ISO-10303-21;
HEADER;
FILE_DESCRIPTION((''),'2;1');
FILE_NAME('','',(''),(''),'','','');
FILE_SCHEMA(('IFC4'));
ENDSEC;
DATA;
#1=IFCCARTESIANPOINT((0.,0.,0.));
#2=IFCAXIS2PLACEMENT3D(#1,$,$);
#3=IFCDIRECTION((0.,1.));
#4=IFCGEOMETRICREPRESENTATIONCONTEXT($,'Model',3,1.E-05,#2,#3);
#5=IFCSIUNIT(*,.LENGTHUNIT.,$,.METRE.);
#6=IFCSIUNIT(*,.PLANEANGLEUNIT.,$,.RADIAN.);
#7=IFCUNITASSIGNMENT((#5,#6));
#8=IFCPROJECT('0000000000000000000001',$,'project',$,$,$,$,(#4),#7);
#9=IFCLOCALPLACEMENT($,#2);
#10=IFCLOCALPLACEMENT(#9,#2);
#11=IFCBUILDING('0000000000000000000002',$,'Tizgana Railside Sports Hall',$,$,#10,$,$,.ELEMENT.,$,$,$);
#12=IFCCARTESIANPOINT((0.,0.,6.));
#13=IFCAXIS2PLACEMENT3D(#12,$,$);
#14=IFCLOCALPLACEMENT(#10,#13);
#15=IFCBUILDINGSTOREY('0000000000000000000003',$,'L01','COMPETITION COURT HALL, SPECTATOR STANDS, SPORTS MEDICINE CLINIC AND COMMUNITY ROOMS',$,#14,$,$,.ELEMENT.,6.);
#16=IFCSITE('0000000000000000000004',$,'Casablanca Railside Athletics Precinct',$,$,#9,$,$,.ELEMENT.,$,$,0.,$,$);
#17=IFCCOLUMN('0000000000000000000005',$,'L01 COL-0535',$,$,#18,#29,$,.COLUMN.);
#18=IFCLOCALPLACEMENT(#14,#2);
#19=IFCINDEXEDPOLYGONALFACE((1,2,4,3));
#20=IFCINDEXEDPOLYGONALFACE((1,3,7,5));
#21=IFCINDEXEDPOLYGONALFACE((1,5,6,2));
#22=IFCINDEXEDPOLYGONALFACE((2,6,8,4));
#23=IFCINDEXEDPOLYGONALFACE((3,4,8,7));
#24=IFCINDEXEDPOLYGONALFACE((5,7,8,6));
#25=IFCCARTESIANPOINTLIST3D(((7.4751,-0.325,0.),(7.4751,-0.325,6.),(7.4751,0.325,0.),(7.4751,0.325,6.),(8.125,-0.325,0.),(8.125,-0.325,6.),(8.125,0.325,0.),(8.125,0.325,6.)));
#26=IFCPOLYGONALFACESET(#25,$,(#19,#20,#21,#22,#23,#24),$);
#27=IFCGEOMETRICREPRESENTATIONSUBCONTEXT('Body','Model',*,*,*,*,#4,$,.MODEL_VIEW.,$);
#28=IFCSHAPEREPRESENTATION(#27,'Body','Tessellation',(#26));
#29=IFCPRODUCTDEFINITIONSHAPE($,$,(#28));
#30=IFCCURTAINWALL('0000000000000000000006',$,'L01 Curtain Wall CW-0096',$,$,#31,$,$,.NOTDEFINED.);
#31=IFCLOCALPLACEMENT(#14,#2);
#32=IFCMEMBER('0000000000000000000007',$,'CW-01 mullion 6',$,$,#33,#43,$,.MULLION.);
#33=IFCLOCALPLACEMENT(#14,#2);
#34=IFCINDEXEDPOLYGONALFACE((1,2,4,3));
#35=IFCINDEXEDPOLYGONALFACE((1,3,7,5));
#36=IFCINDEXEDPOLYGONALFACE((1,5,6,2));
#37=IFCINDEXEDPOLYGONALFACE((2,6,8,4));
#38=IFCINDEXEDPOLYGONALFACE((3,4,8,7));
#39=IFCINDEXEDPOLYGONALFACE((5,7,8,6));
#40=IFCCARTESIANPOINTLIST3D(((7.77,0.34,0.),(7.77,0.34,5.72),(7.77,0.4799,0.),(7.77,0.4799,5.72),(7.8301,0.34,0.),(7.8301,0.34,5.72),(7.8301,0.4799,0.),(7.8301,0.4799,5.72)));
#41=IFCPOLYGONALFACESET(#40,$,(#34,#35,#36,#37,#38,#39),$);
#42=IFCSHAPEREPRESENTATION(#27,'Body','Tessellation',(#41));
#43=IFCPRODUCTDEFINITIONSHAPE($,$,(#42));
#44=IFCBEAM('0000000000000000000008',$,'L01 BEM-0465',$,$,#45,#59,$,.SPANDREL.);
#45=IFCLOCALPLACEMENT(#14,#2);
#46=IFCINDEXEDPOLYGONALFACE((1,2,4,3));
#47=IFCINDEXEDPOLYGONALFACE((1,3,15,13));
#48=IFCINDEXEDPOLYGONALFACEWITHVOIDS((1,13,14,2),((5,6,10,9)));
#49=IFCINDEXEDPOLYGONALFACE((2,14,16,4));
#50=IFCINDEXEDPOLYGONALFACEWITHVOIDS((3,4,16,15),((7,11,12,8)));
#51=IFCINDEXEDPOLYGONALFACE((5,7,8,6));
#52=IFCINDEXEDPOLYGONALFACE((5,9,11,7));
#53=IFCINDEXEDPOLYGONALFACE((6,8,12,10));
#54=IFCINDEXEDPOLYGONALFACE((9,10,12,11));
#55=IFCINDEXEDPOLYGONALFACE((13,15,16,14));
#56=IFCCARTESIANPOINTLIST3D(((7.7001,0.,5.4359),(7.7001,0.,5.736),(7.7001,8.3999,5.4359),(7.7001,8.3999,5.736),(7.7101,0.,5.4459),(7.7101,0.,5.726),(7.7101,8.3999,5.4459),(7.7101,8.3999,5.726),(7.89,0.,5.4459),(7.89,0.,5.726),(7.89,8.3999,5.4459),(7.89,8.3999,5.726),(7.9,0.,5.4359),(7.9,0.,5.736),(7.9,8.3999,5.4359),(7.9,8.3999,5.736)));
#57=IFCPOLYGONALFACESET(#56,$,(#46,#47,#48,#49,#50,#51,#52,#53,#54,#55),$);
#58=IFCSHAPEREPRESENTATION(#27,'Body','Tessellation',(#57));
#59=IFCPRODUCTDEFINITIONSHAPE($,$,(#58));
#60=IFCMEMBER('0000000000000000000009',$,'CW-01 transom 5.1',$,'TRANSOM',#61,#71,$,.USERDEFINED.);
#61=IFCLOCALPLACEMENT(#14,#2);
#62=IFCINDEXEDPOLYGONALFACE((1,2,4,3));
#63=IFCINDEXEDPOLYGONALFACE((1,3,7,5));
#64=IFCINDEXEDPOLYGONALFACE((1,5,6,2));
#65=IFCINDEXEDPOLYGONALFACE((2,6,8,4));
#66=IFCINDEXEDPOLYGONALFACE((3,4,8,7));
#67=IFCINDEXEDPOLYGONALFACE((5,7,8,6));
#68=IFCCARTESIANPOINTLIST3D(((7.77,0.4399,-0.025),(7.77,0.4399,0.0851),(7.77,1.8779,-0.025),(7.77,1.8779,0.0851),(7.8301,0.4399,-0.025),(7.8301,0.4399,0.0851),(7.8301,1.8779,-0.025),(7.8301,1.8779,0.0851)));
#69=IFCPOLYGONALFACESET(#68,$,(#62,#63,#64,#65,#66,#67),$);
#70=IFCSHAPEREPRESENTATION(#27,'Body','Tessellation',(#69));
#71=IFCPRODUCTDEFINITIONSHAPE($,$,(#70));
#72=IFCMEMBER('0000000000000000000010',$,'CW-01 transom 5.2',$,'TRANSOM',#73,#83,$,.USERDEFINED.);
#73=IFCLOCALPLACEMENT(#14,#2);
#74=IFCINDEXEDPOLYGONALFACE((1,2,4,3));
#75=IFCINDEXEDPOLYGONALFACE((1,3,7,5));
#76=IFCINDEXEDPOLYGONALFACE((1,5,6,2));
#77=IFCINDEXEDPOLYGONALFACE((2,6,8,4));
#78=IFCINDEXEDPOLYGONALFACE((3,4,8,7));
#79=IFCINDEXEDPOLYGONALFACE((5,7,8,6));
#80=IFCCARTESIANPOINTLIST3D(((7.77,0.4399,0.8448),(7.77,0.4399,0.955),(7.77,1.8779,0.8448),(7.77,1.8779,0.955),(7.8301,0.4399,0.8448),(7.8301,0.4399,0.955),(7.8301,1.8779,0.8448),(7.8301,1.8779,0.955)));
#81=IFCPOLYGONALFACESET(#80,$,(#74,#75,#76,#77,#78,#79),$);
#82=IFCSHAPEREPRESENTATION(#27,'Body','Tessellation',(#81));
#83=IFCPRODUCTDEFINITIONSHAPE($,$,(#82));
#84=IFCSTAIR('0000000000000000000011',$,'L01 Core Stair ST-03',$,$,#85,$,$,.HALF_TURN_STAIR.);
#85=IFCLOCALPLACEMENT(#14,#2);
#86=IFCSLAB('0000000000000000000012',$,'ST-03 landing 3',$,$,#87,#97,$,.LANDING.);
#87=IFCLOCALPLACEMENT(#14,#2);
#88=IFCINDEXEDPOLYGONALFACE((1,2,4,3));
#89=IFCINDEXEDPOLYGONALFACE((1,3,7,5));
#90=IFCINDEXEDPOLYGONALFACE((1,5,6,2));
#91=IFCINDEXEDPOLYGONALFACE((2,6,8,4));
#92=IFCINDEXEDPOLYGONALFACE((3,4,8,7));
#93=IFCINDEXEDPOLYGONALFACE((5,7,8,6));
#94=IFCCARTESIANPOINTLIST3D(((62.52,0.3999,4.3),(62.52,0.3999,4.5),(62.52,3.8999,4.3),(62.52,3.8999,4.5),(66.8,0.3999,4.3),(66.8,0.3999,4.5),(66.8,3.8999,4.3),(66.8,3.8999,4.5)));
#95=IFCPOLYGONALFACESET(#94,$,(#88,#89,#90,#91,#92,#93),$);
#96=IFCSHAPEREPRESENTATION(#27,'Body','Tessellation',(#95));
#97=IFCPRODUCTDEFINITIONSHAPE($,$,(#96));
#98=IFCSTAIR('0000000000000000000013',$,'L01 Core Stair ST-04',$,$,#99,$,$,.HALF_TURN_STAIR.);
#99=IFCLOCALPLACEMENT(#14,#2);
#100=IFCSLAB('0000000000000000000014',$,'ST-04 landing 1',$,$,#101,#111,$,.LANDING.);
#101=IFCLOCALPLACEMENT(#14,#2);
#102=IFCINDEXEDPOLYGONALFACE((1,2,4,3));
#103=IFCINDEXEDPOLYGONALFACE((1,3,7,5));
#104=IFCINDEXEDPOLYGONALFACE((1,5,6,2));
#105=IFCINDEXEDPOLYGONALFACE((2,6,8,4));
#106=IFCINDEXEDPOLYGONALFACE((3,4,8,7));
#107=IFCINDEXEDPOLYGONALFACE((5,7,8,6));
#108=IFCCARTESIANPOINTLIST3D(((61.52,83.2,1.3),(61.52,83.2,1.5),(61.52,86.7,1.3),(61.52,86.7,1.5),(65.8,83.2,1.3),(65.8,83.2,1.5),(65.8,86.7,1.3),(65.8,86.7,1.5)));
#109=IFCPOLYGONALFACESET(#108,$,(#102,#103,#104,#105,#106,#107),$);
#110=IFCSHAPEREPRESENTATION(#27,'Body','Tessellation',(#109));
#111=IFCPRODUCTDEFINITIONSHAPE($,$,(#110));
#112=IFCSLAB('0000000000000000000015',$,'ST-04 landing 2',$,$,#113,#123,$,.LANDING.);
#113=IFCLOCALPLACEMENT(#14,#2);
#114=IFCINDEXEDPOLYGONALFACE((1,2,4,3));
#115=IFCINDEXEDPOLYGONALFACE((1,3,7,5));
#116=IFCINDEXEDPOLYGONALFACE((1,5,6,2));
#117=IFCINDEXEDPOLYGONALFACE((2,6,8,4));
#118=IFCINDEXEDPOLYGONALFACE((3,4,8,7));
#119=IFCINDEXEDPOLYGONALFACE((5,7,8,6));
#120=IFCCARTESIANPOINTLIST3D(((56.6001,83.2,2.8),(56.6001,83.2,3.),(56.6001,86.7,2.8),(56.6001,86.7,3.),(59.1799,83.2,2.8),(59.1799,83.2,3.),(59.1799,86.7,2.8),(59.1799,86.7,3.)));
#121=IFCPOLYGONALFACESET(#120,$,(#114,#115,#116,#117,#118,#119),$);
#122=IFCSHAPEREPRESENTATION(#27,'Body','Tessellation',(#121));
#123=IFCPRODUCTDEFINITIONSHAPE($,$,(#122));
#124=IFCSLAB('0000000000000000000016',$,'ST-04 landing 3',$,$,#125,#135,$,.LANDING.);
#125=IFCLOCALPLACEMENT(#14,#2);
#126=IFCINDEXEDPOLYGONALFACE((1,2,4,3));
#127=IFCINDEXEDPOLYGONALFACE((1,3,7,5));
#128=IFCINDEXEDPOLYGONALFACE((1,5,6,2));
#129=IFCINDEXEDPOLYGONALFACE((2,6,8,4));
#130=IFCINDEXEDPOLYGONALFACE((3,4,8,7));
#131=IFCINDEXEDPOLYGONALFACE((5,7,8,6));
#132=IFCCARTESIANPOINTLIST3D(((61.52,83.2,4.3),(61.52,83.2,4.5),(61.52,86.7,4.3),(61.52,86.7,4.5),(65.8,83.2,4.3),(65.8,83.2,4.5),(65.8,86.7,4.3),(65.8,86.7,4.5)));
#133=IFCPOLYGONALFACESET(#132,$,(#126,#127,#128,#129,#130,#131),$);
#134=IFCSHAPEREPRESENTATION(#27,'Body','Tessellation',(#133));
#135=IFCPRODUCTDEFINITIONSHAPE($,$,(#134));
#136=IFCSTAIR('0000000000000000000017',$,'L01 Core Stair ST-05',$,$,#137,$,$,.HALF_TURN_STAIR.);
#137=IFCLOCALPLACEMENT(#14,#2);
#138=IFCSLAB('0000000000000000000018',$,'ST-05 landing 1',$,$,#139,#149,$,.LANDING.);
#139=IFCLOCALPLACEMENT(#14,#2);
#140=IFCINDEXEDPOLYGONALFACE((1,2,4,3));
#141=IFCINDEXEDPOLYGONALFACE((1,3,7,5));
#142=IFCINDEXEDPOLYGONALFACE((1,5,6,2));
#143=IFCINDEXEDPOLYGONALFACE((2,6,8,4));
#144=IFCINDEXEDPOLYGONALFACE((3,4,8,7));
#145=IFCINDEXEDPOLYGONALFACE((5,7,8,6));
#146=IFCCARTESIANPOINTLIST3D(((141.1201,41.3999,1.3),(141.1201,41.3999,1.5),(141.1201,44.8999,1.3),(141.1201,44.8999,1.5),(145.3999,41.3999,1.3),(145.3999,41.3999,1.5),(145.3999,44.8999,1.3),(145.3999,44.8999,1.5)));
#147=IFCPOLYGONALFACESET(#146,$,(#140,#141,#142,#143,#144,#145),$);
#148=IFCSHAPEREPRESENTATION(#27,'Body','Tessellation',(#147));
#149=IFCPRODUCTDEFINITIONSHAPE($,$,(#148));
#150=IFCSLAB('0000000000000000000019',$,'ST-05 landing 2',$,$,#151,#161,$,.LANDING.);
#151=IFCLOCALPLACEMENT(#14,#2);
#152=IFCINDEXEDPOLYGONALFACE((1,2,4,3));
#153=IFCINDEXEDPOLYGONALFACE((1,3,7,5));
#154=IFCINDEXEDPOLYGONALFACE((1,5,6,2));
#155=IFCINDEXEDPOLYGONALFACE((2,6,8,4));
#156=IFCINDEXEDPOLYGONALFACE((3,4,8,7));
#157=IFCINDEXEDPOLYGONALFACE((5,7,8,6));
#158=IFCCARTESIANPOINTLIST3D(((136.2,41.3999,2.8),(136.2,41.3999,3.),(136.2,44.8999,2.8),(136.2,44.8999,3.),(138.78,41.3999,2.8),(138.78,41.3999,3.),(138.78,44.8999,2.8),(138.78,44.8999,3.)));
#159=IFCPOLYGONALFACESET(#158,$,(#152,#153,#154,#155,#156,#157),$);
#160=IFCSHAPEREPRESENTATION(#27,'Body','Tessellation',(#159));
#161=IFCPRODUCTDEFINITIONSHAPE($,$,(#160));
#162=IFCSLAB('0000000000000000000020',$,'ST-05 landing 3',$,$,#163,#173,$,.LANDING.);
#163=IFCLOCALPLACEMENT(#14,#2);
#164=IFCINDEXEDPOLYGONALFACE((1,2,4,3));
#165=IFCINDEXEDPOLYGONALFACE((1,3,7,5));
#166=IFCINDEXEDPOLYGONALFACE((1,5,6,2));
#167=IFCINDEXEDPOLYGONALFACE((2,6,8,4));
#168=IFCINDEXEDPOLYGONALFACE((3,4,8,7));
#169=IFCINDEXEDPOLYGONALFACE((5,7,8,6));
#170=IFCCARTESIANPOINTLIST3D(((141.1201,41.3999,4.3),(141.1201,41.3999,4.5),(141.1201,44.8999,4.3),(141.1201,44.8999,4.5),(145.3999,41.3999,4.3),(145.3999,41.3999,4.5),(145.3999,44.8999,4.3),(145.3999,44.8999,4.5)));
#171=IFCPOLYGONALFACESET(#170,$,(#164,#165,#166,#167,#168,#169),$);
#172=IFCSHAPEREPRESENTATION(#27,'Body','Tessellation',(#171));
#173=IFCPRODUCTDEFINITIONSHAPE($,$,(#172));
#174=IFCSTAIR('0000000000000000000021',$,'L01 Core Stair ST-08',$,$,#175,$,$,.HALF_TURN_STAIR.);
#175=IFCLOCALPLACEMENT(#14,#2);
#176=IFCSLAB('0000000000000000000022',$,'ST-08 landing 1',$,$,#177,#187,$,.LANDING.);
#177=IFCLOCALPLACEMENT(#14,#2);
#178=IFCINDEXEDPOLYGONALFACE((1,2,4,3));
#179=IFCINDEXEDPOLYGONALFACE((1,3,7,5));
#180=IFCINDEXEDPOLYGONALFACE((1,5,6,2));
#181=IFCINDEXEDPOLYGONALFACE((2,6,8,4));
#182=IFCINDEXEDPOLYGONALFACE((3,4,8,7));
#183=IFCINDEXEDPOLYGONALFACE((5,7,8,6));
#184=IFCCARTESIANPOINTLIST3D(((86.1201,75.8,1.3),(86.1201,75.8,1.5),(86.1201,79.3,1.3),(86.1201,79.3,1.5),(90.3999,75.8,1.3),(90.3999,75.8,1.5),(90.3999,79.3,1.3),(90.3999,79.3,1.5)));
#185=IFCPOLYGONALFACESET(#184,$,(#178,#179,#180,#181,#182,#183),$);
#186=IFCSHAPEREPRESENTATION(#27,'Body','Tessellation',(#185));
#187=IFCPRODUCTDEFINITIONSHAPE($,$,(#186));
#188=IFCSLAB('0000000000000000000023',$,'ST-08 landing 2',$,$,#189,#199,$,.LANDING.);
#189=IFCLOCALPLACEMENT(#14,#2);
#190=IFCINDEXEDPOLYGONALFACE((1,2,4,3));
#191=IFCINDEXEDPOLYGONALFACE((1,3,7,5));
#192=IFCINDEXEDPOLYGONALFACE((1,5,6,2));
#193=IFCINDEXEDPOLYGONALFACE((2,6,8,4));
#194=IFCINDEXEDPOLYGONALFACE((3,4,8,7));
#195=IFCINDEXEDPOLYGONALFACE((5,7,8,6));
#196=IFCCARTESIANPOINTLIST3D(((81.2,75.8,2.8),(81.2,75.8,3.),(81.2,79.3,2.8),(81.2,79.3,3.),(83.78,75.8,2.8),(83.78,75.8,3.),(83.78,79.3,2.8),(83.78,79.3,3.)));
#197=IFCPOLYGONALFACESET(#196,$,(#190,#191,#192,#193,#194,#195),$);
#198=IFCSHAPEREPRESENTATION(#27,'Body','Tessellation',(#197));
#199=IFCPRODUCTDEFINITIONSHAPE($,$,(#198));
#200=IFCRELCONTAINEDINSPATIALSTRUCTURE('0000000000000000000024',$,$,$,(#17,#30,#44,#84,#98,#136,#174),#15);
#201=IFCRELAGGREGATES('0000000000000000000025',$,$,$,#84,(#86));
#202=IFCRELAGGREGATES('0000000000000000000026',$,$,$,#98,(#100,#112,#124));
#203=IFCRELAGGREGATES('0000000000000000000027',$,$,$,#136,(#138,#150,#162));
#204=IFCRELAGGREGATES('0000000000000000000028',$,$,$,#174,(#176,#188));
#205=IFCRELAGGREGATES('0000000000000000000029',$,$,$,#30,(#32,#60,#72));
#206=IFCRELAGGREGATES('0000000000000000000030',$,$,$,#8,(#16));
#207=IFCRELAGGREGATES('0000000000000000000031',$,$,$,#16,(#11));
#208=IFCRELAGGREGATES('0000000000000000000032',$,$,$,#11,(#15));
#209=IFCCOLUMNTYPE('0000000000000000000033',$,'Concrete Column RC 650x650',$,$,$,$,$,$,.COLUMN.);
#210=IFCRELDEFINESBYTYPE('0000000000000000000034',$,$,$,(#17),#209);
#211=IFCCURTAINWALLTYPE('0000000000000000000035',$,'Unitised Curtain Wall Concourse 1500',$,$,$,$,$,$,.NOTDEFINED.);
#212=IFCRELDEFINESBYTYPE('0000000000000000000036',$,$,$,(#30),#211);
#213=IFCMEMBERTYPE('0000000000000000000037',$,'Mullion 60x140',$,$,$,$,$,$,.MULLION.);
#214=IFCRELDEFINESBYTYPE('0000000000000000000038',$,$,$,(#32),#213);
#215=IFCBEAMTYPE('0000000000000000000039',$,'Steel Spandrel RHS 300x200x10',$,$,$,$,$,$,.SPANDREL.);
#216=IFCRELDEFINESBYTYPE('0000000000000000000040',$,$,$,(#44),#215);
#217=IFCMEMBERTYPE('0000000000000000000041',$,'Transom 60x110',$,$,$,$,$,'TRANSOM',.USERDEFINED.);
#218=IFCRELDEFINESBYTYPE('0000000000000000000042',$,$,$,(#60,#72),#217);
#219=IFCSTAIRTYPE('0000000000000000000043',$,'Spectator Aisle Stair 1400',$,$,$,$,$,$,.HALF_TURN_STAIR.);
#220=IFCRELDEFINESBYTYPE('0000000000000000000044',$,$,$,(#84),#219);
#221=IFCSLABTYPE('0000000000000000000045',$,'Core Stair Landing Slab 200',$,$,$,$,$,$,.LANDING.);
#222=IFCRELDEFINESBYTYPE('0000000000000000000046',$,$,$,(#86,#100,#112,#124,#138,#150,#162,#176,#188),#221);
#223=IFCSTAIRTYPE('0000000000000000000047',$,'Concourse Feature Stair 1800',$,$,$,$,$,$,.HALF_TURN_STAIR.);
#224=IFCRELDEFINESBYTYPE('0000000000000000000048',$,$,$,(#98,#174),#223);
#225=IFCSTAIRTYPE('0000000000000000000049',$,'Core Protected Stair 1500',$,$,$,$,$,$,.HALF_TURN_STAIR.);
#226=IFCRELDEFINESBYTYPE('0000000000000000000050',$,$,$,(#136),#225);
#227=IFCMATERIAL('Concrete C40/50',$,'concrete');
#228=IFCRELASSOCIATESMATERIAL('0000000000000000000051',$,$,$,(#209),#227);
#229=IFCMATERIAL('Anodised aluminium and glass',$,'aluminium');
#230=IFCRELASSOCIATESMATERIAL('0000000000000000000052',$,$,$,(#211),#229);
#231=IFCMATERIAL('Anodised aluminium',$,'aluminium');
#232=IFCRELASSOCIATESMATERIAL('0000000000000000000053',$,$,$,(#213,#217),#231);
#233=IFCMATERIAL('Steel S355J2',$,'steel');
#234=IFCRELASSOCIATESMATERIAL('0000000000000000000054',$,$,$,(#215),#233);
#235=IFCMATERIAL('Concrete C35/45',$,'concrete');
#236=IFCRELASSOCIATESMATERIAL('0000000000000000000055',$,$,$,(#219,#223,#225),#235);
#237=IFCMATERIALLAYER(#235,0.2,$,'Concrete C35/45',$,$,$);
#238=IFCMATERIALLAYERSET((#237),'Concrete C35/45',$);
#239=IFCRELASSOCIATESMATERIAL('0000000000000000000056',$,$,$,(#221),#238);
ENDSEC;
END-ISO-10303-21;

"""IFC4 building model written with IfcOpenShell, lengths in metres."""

from ifc_helpers import new_model, si_unit, direction, frame, origin, origin_2d, place, context, subcontext, project, spatial, polyline, rectangle, hollow_rectangle, outline, extrude, material, layer, layer_set, material_profile, profile_set, type_object, element, aggregate, save


model = new_model("IFC4")

# Units and contexts
model_context = context("Model", 3, precision=1e-05, world=origin(), true_north=direction((0.0, 1.0)))
body_context = subcontext(model_context, "Body", "Model", "MODEL_VIEW")
ifc_project = project(units=[si_unit("LENGTHUNIT", "METRE"), si_unit("PLANEANGLEUNIT", "RADIAN")], contexts=[model_context])

# Site, building, storey
site_placement = place(None, origin())
site = spatial("IfcSite", under=ifc_project, at=site_placement, Name="Casablanca Railside Athletics Precinct", CompositionType="ELEMENT", RefElevation=0.0)
building_placement = place(site_placement, origin())
building = spatial("IfcBuilding", under=site, at=building_placement, Name="Tizgana Railside Sports Hall", CompositionType="ELEMENT")
storey_placement = place(building_placement, frame((0.0, 0.0, 6.0)))
storey = spatial("IfcBuildingStorey", under=building, at=storey_placement, Name="L01", Description="COMPETITION COURT HALL, SPECTATOR STANDS, SPORTS MEDICINE CLINIC AND COMMUNITY ROOMS", CompositionType="ELEMENT", Elevation=6.0)

# Column
ifc_material_1 = material(Name="Concrete C40/50", Category="concrete")
ifc_material_profile_1 = material_profile(ifc_material_1, rectangle(XDim=0.6499, YDim=0.6499, at=origin_2d()), Name="RC 650x650")
ifc_profile_set_1 = profile_set([ifc_material_profile_1], Name="Concrete C40/50")
column_type = type_object("IfcColumnType", Name="Concrete Column RC 650x650", PredefinedType="COLUMN", material=ifc_profile_set_1)
column_placement = place(storey_placement, frame((7.8, 0.0, 0.0), z_axis=(0.0, 0.0, 1.0), x_axis=(1.0, 0.0, 0.0)))
element("IfcColumn", 1, at=column_placement, inside=storey, type_object=column_type, Name="L01 COL-0535", PredefinedType="COLUMN", context=body_context, shape_type="SweptSolid", body=[
    extrude(rectangle(XDim=0.6499, YDim=0.6499, at=origin_2d()), origin(), (0.0, 0.0, 1.0), 6.0),
])

# Curtain wall, member
ifc_material_2 = material(Name="Anodised aluminium and glass", Category="aluminium")
curtain_wall_type = type_object("IfcCurtainWallType", Name="Unitised Curtain Wall Concourse 1500", PredefinedType="NOTDEFINED", material=ifc_material_2)
curtain_wall_placement = place(storey_placement, origin())
curtain_wall = element("IfcCurtainWall", 2, at=curtain_wall_placement, inside=storey, type_object=curtain_wall_type, Name="L01 Curtain Wall CW-0096", PredefinedType="NOTDEFINED")
ifc_material_3 = material(Name="Anodised aluminium", Category="aluminium")
ifc_material_profile_2 = material_profile(ifc_material_3, rectangle(XDim=0.0601, YDim=0.1399, at=origin_2d()), Name="Mullion 60x140")
ifc_profile_set_2 = profile_set([ifc_material_profile_2], Name="Anodised aluminium")
member_type_1 = type_object("IfcMemberType", Name="Mullion 60x140", PredefinedType="MULLION", material=ifc_profile_set_2)
member_1_placement = place(storey_placement, frame((7.8, 0.4099, 0.0), z_axis=(0.0, 0.0, 1.0), x_axis=(1.0, 0.0, 0.0)))
member_1 = element("IfcMember", 3, at=member_1_placement, type_object=member_type_1, Name="CW-01 mullion 6", PredefinedType="MULLION", context=body_context, shape_type="SweptSolid", body=[
    extrude(rectangle(XDim=0.0601, YDim=0.1399, at=origin_2d()), origin(), (0.0, 0.0, 1.0), 5.72),
])

# Beam
ifc_material_4 = material(Name="Steel S355J2", Category="steel")
ifc_material_profile_3 = material_profile(ifc_material_4, hollow_rectangle(XDim=0.2, YDim=0.3, WallThickness=0.01, at=origin_2d()), Name="RHS 300x200x10")
ifc_profile_set_3 = profile_set([ifc_material_profile_3], Name="Steel S355J2")
beam_type = type_object("IfcBeamType", Name="Steel Spandrel RHS 300x200x10", PredefinedType="SPANDREL", material=ifc_profile_set_3)
beam_placement = place(storey_placement, frame((7.8, 0.0, 5.5859), z_axis=(0.0, 1.0, 0.0), x_axis=(-1.0, 0.0, 0.0)))
element("IfcBeam", 4, at=beam_placement, inside=storey, type_object=beam_type, Name="L01 BEM-0465", PredefinedType="SPANDREL", context=body_context, shape_type="SweptSolid", body=[
    extrude(hollow_rectangle(XDim=0.2, YDim=0.3, WallThickness=0.01, at=origin_2d()), origin(), (0.0, 0.0, 1.0), 8.3999),
])

# Members
ifc_material_profile_4 = material_profile(ifc_material_3, rectangle(XDim=0.0601, YDim=0.1101, at=origin_2d()), Name="Transom 60x110")
ifc_profile_set_4 = profile_set([ifc_material_profile_4], Name="Anodised aluminium")
member_type_2 = type_object("IfcMemberType", Name="Transom 60x110", ElementType="TRANSOM", PredefinedType="USERDEFINED", material=ifc_profile_set_4)
member_2_placement = place(storey_placement, frame((7.8, 1.8779, 0.03), z_axis=(0.0, -1.0, 0.0), x_axis=(1.0, 0.0, 0.0)))
member_2 = element("IfcMember", 5, at=member_2_placement, type_object=member_type_2, Name="CW-01 transom 5.1", ObjectType="TRANSOM", PredefinedType="USERDEFINED", context=body_context, shape_type="SweptSolid", body=[
    extrude(rectangle(XDim=0.0601, YDim=0.1101, at=origin_2d()), origin(), (0.0, 0.0, 1.0), 1.438),
])
member_3_placement = place(storey_placement, frame((7.8, 1.8779, 0.8999), z_axis=(0.0, -1.0, 0.0), x_axis=(1.0, 0.0, 0.0)))
member_3 = element("IfcMember", 6, at=member_3_placement, type_object=member_type_2, Name="CW-01 transom 5.2", ObjectType="TRANSOM", PredefinedType="USERDEFINED", context=body_context, shape_type="SweptSolid", body=[
    extrude(rectangle(XDim=0.0601, YDim=0.1101, at=origin_2d()), origin(), (0.0, 0.0, 1.0), 1.438),
])

# Stair, slab
ifc_material_5 = material(Name="Concrete C35/45", Category="concrete")
stair_type_1 = type_object("IfcStairType", Name="Spectator Aisle Stair 1400", PredefinedType="HALF_TURN_STAIR", material=ifc_material_5)
stair_1_placement = place(storey_placement, origin())
stair_1 = element("IfcStair", 7, at=stair_1_placement, inside=storey, type_object=stair_type_1, Name="L01 Core Stair ST-03", PredefinedType="HALF_TURN_STAIR")
ifc_layer_1 = layer(ifc_material_5, 0.2, Name="Concrete C35/45")
ifc_layer_set_1 = layer_set([ifc_layer_1], Name="Concrete C35/45")
slab_type_1 = type_object("IfcSlabType", Name="Core Stair Landing Slab 200", PredefinedType="LANDING", material=ifc_layer_set_1)
slab_1_placement = place(storey_placement, frame((0.0, 0.0, 4.3)))
slab_1 = element("IfcSlab", 8, at=slab_1_placement, type_object=slab_type_1, Name="ST-03 landing 3", PredefinedType="LANDING", context=body_context, shape_type="SweptSolid", body=[
    extrude(outline(polyline([(62.52, 0.3999), (66.8, 0.3999), (66.8, 3.8999), (62.52, 3.8999), (62.52, 0.3999)])), origin(), (0.0, 0.0, 1.0), 0.2),
])
aggregate(stair_1, [slab_1])

# Stairs, slabs
stair_type_2 = type_object("IfcStairType", Name="Concourse Feature Stair 1800", PredefinedType="HALF_TURN_STAIR", material=ifc_material_5)
stair_2_placement = place(storey_placement, origin())
stair_2 = element("IfcStair", 9, at=stair_2_placement, inside=storey, type_object=stair_type_2, Name="L01 Core Stair ST-04", PredefinedType="HALF_TURN_STAIR")
slab_2_placement = place(storey_placement, frame((0.0, 0.0, 1.3)))
slab_2 = element("IfcSlab", 10, at=slab_2_placement, type_object=slab_type_1, Name="ST-04 landing 1", PredefinedType="LANDING", context=body_context, shape_type="SweptSolid", body=[
    extrude(outline(polyline([(61.52, 83.2), (65.8, 83.2), (65.8, 86.7), (61.52, 86.7), (61.52, 83.2)])), origin(), (0.0, 0.0, 1.0), 0.2),
])
slab_3_placement = place(storey_placement, frame((0.0, 0.0, 2.8)))
slab_3 = element("IfcSlab", 11, at=slab_3_placement, type_object=slab_type_1, Name="ST-04 landing 2", PredefinedType="LANDING", context=body_context, shape_type="SweptSolid", body=[
    extrude(outline(polyline([(56.6001, 83.2), (59.1799, 83.2), (59.1799, 86.7), (56.6001, 86.7), (56.6001, 83.2)])), origin(), (0.0, 0.0, 1.0), 0.2),
])
slab_4_placement = place(storey_placement, frame((0.0, 0.0, 4.3)))
slab_4 = element("IfcSlab", 12, at=slab_4_placement, type_object=slab_type_1, Name="ST-04 landing 3", PredefinedType="LANDING", context=body_context, shape_type="SweptSolid", body=[
    extrude(outline(polyline([(61.52, 83.2), (65.8, 83.2), (65.8, 86.7), (61.52, 86.7), (61.52, 83.2)])), origin(), (0.0, 0.0, 1.0), 0.2),
])
aggregate(stair_2, [slab_2, slab_3, slab_4])
stair_type_3 = type_object("IfcStairType", Name="Core Protected Stair 1500", PredefinedType="HALF_TURN_STAIR", material=ifc_material_5)
stair_3_placement = place(storey_placement, origin())
stair_3 = element("IfcStair", 13, at=stair_3_placement, inside=storey, type_object=stair_type_3, Name="L01 Core Stair ST-05", PredefinedType="HALF_TURN_STAIR")
slab_5_placement = place(storey_placement, frame((0.0, 0.0, 1.3)))
slab_5 = element("IfcSlab", 14, at=slab_5_placement, type_object=slab_type_1, Name="ST-05 landing 1", PredefinedType="LANDING", context=body_context, shape_type="SweptSolid", body=[
    extrude(outline(polyline([(141.1201, 41.3999), (145.3999, 41.3999), (145.3999, 44.8999), (141.1201, 44.8999), (141.1201, 41.3999)])), origin(), (0.0, 0.0, 1.0), 0.2),
])
slab_6_placement = place(storey_placement, frame((0.0, 0.0, 2.8)))
slab_6 = element("IfcSlab", 15, at=slab_6_placement, type_object=slab_type_1, Name="ST-05 landing 2", PredefinedType="LANDING", context=body_context, shape_type="SweptSolid", body=[
    extrude(outline(polyline([(136.2, 41.3999), (138.78, 41.3999), (138.78, 44.8999), (136.2, 44.8999), (136.2, 41.3999)])), origin(), (0.0, 0.0, 1.0), 0.2),
])
slab_7_placement = place(storey_placement, frame((0.0, 0.0, 4.3)))
slab_7 = element("IfcSlab", 16, at=slab_7_placement, type_object=slab_type_1, Name="ST-05 landing 3", PredefinedType="LANDING", context=body_context, shape_type="SweptSolid", body=[
    extrude(outline(polyline([(141.1201, 41.3999), (145.3999, 41.3999), (145.3999, 44.8999), (141.1201, 44.8999), (141.1201, 41.3999)])), origin(), (0.0, 0.0, 1.0), 0.2),
])
aggregate(stair_3, [slab_5, slab_6, slab_7])
stair_4_placement = place(storey_placement, origin())
stair_4 = element("IfcStair", 17, at=stair_4_placement, inside=storey, type_object=stair_type_2, Name="L01 Core Stair ST-08", PredefinedType="HALF_TURN_STAIR")
slab_8_placement = place(storey_placement, frame((0.0, 0.0, 1.3)))
slab_8 = element("IfcSlab", 18, at=slab_8_placement, type_object=slab_type_1, Name="ST-08 landing 1", PredefinedType="LANDING", context=body_context, shape_type="SweptSolid", body=[
    extrude(outline(polyline([(86.1201, 75.8), (90.3999, 75.8), (90.3999, 79.3), (86.1201, 79.3), (86.1201, 75.8)])), origin(), (0.0, 0.0, 1.0), 0.2),
])
slab_9_placement = place(storey_placement, frame((0.0, 0.0, 2.8)))
slab_9 = element("IfcSlab", 19, at=slab_9_placement, type_object=slab_type_1, Name="ST-08 landing 2", PredefinedType="LANDING", context=body_context, shape_type="SweptSolid", body=[
    extrude(outline(polyline([(81.2, 75.8), (83.78, 75.8), (83.78, 79.3), (81.2, 79.3), (81.2, 75.8)])), origin(), (0.0, 0.0, 1.0), 0.2),
])
aggregate(stair_4, [slab_8, slab_9])

aggregate(curtain_wall, [member_1, member_2, member_3])

save(model, "model.ifc")
